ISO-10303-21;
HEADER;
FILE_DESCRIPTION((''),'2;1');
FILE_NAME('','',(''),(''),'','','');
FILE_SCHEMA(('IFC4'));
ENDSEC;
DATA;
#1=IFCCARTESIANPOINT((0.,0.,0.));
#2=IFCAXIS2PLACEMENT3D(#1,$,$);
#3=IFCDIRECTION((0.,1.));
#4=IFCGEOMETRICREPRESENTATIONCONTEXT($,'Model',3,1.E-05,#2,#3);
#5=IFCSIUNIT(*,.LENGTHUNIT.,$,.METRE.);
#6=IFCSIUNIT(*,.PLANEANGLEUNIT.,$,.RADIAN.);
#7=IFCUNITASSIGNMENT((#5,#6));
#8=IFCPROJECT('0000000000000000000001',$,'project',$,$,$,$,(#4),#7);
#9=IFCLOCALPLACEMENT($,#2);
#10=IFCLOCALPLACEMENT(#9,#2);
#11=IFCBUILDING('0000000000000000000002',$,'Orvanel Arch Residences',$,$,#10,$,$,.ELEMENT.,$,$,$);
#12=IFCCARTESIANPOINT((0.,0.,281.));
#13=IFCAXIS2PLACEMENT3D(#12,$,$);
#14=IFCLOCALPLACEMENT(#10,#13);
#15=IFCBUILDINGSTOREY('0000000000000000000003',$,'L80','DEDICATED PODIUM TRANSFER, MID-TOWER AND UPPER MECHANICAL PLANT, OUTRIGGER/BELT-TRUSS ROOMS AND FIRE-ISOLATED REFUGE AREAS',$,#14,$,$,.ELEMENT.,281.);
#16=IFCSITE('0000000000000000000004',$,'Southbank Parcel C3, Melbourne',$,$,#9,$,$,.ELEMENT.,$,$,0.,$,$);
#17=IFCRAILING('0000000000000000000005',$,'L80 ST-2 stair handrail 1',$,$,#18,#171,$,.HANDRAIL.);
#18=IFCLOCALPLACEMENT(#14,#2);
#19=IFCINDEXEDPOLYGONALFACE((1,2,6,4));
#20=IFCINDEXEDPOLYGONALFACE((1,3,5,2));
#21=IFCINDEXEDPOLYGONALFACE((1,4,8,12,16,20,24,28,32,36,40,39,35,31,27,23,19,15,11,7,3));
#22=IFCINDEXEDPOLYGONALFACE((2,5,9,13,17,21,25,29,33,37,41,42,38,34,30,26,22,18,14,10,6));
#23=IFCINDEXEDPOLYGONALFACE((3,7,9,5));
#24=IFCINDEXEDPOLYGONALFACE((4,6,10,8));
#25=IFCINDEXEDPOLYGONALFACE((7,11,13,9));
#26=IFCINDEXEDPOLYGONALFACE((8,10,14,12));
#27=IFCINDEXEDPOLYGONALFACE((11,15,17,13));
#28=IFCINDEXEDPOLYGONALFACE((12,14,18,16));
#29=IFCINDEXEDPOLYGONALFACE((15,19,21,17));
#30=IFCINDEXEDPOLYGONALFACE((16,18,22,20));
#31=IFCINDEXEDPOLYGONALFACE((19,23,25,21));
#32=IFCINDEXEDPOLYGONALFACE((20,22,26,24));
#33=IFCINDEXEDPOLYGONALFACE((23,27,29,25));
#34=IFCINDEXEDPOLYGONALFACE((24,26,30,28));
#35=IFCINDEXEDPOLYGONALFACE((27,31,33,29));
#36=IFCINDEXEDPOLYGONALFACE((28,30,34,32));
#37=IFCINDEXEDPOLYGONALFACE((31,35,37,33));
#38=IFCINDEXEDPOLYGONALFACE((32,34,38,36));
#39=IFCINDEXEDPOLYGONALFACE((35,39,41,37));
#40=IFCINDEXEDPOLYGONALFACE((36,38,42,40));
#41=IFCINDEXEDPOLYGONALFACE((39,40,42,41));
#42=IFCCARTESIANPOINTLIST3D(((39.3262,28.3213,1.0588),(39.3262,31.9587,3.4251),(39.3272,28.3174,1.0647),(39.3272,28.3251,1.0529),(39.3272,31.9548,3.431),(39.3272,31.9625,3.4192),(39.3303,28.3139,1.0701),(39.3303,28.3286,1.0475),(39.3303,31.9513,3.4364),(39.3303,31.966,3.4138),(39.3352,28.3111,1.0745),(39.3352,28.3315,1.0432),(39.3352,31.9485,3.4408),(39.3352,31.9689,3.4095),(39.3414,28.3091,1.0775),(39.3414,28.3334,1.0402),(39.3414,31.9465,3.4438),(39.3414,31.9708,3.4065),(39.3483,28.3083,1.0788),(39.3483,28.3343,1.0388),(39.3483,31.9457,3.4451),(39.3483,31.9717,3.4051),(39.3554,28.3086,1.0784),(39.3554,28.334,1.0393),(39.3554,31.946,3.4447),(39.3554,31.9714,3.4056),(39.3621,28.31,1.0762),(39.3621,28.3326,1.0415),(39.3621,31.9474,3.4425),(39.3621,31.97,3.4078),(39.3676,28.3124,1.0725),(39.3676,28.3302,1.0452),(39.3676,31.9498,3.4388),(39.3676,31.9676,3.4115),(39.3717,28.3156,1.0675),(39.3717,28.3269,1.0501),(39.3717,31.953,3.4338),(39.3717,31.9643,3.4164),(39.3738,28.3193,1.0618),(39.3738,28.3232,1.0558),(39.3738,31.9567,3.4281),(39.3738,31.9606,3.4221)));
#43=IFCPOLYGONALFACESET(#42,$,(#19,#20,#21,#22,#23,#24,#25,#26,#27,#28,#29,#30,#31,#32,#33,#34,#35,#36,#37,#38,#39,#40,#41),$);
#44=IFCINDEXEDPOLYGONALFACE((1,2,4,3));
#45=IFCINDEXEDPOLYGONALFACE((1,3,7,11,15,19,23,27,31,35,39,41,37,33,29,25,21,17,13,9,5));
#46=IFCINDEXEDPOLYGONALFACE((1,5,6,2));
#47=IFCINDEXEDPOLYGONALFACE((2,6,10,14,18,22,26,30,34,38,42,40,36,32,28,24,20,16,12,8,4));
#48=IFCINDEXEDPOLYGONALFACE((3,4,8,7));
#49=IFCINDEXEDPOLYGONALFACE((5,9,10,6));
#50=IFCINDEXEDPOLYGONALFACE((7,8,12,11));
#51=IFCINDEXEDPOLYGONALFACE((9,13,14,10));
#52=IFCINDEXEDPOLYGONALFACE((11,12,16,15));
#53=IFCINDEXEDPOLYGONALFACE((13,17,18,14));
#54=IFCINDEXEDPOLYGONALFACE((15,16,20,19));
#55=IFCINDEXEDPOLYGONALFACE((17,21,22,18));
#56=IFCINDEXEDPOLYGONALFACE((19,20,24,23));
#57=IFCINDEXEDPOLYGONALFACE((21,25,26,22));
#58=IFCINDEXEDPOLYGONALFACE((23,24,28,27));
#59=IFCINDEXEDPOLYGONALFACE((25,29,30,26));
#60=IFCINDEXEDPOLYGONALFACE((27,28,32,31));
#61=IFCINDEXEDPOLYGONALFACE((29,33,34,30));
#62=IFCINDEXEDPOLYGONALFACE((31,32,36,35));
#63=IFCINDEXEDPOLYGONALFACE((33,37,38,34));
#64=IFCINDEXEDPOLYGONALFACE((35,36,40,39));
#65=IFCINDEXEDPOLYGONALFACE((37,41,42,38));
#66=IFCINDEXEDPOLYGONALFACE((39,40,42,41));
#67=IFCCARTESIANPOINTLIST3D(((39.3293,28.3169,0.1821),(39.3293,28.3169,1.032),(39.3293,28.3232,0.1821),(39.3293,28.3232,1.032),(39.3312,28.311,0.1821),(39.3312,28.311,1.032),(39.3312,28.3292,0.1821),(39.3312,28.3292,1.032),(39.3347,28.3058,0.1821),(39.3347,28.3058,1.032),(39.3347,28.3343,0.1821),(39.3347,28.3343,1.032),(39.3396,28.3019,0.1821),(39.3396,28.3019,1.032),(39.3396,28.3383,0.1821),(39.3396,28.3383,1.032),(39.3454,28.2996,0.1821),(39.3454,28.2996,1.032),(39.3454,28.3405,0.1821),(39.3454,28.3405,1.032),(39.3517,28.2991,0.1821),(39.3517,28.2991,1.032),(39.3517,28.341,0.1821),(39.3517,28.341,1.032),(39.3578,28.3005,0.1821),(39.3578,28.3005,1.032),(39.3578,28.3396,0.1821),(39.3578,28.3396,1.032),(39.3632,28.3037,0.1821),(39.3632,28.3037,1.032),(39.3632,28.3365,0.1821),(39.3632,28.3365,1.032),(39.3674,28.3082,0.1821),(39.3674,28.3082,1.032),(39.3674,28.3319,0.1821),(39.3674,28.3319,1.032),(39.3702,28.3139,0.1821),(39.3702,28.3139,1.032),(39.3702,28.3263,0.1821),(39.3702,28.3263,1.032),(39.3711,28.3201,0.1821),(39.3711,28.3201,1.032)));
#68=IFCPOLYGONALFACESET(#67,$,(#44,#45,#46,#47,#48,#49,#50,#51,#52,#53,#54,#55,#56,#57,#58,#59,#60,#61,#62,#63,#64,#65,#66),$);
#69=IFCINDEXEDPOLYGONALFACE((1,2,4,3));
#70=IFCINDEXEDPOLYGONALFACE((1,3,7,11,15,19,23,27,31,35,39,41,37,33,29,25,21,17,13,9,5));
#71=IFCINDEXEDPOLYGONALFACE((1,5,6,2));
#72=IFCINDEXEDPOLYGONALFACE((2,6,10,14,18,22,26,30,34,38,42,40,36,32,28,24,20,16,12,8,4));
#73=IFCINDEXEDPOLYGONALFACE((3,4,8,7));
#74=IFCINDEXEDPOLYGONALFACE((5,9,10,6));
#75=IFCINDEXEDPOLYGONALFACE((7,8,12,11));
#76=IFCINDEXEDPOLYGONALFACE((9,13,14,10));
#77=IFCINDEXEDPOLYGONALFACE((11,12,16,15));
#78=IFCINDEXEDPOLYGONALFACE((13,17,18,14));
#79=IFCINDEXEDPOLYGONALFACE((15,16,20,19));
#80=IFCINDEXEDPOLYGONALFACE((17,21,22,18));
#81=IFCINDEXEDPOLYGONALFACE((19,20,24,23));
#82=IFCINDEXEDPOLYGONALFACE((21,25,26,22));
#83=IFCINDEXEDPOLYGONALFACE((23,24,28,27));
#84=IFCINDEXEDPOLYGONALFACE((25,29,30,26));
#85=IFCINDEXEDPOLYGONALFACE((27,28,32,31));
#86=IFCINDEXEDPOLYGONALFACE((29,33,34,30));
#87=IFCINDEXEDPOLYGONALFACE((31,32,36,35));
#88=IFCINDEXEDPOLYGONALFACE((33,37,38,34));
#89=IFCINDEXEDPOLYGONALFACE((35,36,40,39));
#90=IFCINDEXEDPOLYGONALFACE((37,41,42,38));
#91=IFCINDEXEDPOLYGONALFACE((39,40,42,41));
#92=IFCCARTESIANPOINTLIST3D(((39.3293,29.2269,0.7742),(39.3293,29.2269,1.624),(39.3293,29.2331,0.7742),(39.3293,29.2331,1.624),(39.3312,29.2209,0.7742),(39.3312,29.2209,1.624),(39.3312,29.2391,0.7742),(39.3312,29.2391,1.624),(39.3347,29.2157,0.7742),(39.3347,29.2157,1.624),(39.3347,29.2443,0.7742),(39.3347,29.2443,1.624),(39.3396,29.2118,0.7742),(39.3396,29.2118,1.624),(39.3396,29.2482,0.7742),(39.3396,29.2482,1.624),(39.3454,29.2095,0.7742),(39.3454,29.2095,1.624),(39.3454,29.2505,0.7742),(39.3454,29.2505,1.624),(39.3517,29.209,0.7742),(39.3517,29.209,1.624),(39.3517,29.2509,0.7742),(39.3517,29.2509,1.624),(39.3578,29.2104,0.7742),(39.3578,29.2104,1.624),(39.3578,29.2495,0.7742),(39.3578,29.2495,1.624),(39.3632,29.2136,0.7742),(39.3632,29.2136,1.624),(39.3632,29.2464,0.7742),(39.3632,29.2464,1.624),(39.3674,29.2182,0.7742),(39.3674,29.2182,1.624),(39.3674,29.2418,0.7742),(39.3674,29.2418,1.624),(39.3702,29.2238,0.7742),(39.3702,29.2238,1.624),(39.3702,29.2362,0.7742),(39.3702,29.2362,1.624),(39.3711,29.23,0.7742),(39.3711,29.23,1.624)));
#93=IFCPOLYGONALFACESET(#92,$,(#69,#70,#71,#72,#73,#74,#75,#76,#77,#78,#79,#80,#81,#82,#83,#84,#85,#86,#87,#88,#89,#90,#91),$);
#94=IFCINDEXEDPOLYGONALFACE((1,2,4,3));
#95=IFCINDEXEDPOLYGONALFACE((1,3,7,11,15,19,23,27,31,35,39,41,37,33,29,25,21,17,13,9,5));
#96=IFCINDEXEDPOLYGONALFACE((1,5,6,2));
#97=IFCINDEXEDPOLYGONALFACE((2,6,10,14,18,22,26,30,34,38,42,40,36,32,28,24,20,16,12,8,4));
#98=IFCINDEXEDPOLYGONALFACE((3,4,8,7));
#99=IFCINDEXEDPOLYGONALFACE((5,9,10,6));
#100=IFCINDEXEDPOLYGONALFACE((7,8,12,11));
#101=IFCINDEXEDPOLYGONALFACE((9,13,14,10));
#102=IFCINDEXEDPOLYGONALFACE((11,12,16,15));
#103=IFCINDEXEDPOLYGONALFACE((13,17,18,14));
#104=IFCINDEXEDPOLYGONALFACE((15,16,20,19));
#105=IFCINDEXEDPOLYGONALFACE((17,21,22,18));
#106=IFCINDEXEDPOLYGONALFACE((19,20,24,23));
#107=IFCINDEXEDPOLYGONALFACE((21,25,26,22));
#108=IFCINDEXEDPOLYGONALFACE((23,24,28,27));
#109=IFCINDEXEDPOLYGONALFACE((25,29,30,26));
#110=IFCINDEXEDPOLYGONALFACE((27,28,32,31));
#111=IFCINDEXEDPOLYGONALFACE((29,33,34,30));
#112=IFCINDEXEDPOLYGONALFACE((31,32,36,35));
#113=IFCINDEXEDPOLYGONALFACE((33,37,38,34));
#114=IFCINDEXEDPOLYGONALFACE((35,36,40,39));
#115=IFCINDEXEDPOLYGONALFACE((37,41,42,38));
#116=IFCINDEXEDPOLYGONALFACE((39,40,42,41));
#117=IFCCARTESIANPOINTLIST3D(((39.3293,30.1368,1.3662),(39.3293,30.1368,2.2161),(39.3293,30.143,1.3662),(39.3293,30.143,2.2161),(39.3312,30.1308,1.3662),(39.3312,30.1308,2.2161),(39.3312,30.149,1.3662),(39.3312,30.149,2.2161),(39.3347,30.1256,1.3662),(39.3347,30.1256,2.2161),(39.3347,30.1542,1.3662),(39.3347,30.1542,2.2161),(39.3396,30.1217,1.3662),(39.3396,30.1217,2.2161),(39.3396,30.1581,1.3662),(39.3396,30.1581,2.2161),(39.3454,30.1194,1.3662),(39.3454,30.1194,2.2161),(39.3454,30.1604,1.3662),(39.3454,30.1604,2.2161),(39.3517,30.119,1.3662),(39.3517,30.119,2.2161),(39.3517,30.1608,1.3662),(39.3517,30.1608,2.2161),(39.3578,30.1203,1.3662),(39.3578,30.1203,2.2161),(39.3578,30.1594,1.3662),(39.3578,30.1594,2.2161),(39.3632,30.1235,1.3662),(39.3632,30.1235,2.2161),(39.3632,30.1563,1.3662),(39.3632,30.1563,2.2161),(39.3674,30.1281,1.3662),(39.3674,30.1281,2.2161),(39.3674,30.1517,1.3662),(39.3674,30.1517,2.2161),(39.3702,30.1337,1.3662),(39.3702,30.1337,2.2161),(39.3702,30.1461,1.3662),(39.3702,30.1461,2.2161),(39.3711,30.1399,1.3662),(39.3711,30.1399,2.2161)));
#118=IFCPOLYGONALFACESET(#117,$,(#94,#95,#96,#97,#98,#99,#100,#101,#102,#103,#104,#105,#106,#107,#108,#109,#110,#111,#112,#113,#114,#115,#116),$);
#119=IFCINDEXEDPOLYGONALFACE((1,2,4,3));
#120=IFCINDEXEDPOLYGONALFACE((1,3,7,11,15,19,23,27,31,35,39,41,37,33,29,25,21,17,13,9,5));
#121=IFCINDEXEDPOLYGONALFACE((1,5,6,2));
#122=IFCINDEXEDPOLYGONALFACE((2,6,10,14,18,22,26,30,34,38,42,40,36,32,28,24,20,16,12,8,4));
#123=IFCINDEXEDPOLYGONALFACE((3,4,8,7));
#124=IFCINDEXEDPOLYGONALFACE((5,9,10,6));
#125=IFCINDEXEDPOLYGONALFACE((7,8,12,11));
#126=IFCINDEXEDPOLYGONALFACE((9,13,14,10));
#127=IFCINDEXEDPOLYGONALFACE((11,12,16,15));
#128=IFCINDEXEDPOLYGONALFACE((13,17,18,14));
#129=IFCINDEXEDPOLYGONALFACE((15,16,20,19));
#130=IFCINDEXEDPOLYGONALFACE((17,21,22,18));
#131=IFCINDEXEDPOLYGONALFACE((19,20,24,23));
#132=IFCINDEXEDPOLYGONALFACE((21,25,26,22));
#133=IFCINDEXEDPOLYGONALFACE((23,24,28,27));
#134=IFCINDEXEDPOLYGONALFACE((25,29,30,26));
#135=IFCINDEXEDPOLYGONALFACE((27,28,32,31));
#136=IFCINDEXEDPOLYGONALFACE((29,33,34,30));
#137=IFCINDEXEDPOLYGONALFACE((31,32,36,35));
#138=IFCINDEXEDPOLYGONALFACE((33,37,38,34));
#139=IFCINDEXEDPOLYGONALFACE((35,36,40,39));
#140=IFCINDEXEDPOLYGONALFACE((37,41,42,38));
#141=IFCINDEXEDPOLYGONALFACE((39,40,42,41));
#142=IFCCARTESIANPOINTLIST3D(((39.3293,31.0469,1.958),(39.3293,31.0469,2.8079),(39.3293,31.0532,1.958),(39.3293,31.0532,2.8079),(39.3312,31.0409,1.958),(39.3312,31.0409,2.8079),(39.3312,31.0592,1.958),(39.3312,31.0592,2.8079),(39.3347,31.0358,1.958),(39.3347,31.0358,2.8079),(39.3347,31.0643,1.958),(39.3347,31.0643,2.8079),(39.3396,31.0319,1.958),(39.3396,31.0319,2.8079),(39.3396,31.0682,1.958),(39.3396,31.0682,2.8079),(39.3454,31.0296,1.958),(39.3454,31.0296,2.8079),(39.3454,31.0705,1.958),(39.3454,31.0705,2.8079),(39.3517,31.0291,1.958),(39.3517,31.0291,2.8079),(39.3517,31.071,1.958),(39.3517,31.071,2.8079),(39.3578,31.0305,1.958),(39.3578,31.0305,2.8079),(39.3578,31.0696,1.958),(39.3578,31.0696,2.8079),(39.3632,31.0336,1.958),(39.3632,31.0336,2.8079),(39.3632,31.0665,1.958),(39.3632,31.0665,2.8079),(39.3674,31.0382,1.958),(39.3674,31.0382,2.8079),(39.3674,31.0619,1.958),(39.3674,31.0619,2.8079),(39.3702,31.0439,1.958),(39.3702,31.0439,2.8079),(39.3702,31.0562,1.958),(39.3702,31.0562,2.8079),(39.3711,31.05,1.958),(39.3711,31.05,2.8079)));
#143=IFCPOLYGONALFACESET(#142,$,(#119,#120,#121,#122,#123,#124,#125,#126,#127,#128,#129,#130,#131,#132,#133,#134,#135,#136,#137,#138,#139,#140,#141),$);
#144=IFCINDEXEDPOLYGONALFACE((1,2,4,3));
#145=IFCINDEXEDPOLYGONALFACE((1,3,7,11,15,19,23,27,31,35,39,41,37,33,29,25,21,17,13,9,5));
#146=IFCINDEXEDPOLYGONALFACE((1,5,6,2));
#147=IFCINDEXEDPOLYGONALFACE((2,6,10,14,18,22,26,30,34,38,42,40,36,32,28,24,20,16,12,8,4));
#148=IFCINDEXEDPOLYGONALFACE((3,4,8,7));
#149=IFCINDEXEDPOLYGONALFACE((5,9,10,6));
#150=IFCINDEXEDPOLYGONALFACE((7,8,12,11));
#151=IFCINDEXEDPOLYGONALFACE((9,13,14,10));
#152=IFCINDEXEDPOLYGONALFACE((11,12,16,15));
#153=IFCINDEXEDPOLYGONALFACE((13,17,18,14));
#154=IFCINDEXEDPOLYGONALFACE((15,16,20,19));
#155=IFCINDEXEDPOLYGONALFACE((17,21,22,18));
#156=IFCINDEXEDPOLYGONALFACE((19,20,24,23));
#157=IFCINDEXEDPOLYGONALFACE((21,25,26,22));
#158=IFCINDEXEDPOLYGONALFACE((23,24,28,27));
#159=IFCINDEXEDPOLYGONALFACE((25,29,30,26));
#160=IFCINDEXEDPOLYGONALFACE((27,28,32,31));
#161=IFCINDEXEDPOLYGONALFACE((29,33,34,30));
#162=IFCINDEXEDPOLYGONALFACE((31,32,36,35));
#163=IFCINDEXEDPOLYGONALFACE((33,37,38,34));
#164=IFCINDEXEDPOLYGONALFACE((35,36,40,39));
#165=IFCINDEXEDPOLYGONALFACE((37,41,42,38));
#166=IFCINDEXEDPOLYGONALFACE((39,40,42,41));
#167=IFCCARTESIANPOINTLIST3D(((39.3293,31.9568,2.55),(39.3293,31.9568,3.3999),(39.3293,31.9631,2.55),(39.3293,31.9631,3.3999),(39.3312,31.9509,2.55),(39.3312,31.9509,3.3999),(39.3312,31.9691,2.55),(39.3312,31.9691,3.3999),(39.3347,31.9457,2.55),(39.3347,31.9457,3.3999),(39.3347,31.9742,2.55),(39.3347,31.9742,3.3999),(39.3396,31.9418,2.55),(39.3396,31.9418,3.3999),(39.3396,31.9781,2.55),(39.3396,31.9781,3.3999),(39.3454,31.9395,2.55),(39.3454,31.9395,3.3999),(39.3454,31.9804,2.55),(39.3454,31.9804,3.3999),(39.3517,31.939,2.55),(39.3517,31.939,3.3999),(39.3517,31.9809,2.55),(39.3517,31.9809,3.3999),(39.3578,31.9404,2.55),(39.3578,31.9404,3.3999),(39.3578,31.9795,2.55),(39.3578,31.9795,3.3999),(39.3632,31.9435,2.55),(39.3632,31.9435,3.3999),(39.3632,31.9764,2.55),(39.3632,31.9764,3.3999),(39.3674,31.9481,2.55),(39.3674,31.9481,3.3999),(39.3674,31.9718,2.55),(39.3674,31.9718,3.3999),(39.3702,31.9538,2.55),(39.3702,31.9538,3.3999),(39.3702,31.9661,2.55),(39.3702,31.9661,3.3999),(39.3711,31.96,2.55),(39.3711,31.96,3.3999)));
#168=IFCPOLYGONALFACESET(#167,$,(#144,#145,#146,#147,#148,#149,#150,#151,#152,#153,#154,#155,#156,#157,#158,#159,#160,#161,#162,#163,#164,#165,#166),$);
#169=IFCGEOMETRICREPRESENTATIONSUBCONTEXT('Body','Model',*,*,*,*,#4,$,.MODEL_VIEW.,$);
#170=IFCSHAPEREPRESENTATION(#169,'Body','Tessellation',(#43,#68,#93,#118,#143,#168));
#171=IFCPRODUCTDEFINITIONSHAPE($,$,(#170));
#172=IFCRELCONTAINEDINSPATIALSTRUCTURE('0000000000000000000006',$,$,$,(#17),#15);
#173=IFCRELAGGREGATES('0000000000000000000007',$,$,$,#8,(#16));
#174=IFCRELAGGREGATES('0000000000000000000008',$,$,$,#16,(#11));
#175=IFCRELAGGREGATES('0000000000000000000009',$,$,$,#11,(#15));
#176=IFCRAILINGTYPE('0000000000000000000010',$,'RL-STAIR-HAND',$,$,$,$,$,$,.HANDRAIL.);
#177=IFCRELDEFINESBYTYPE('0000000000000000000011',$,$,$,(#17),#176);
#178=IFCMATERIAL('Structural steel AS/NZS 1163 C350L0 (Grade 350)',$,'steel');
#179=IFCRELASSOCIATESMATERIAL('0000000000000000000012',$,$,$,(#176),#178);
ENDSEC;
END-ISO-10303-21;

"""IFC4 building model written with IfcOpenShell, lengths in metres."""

from ifc_helpers import new_model, si_unit, direction, frame, origin, origin_2d, place, context, subcontext, project, spatial, circle, extrude, material, type_object, element, save


model = new_model("IFC4")

# Units and contexts
model_context = context("Model", 3, precision=1e-05, world=origin(), true_north=direction((0.0, 1.0)))
body_context = subcontext(model_context, "Body", "Model", "MODEL_VIEW")
ifc_project = project(units=[si_unit("LENGTHUNIT", "METRE"), si_unit("PLANEANGLEUNIT", "RADIAN")], contexts=[model_context])

# Site, building, storey
site_placement = place(None, origin())
site = spatial("IfcSite", under=ifc_project, at=site_placement, Name="Southbank Parcel C3, Melbourne", CompositionType="ELEMENT", RefElevation=0.0)
building_placement = place(site_placement, origin())
building = spatial("IfcBuilding", under=site, at=building_placement, Name="Orvanel Arch Residences", CompositionType="ELEMENT")
storey_placement = place(building_placement, frame((0.0, 0.0, 281.0)))
storey = spatial("IfcBuildingStorey", under=building, at=storey_placement, Name="L80", Description="DEDICATED PODIUM TRANSFER, MID-TOWER AND UPPER MECHANICAL PLANT, OUTRIGGER/BELT-TRUSS ROOMS AND FIRE-ISOLATED REFUGE AREAS", CompositionType="ELEMENT", Elevation=281.0)

# Shared definitions
ifc_material_1 = material(Name="Structural steel AS/NZS 1163 C350L0 (Grade 350)", Category="steel")

# Railing
railing_type_1 = type_object("IfcRailingType", Name="RL-STAIR-HAND", PredefinedType="HANDRAIL", material=ifc_material_1)
railing_1_placement = place(storey_placement, frame((39.3501, 28.3201, 0.1821)))
element("IfcRailing", 1, at=railing_1_placement, inside=storey, type_object=railing_type_1, Name="L80 ST-2 stair handrail 1", PredefinedType="HANDRAIL", context=body_context, shape_type="SweptSolid", body=[
    extrude(circle(Radius=0.0239, at=origin_2d()), frame((0.0, 0.0012, 0.8767), z_axis=(0.0, 0.838234, 0.54531), x_axis=(-1.0, 0.0, 0.0)), (0.0, 0.0, 1.0), 4.3394),
    extrude(circle(Radius=0.021, at=origin_2d()), origin(), (0.0, 0.0, 1.0), 0.8499),
    extrude(circle(Radius=0.021, at=origin_2d()), frame((0.0, 0.9099, 0.592)), (0.0, 0.0, 1.0), 0.8499),
    extrude(circle(Radius=0.021, at=origin_2d()), frame((0.0, 1.8198, 1.1841)), (0.0, 0.0, 1.0), 0.8499),
    extrude(circle(Radius=0.021, at=origin_2d()), frame((0.0, 2.73, 1.7759)), (0.0, 0.0, 1.0), 0.8499),
    extrude(circle(Radius=0.021, at=origin_2d()), frame((0.0, 3.6399, 2.3679)), (0.0, 0.0, 1.0), 0.8499),
])

save(model, "model.ifc")
